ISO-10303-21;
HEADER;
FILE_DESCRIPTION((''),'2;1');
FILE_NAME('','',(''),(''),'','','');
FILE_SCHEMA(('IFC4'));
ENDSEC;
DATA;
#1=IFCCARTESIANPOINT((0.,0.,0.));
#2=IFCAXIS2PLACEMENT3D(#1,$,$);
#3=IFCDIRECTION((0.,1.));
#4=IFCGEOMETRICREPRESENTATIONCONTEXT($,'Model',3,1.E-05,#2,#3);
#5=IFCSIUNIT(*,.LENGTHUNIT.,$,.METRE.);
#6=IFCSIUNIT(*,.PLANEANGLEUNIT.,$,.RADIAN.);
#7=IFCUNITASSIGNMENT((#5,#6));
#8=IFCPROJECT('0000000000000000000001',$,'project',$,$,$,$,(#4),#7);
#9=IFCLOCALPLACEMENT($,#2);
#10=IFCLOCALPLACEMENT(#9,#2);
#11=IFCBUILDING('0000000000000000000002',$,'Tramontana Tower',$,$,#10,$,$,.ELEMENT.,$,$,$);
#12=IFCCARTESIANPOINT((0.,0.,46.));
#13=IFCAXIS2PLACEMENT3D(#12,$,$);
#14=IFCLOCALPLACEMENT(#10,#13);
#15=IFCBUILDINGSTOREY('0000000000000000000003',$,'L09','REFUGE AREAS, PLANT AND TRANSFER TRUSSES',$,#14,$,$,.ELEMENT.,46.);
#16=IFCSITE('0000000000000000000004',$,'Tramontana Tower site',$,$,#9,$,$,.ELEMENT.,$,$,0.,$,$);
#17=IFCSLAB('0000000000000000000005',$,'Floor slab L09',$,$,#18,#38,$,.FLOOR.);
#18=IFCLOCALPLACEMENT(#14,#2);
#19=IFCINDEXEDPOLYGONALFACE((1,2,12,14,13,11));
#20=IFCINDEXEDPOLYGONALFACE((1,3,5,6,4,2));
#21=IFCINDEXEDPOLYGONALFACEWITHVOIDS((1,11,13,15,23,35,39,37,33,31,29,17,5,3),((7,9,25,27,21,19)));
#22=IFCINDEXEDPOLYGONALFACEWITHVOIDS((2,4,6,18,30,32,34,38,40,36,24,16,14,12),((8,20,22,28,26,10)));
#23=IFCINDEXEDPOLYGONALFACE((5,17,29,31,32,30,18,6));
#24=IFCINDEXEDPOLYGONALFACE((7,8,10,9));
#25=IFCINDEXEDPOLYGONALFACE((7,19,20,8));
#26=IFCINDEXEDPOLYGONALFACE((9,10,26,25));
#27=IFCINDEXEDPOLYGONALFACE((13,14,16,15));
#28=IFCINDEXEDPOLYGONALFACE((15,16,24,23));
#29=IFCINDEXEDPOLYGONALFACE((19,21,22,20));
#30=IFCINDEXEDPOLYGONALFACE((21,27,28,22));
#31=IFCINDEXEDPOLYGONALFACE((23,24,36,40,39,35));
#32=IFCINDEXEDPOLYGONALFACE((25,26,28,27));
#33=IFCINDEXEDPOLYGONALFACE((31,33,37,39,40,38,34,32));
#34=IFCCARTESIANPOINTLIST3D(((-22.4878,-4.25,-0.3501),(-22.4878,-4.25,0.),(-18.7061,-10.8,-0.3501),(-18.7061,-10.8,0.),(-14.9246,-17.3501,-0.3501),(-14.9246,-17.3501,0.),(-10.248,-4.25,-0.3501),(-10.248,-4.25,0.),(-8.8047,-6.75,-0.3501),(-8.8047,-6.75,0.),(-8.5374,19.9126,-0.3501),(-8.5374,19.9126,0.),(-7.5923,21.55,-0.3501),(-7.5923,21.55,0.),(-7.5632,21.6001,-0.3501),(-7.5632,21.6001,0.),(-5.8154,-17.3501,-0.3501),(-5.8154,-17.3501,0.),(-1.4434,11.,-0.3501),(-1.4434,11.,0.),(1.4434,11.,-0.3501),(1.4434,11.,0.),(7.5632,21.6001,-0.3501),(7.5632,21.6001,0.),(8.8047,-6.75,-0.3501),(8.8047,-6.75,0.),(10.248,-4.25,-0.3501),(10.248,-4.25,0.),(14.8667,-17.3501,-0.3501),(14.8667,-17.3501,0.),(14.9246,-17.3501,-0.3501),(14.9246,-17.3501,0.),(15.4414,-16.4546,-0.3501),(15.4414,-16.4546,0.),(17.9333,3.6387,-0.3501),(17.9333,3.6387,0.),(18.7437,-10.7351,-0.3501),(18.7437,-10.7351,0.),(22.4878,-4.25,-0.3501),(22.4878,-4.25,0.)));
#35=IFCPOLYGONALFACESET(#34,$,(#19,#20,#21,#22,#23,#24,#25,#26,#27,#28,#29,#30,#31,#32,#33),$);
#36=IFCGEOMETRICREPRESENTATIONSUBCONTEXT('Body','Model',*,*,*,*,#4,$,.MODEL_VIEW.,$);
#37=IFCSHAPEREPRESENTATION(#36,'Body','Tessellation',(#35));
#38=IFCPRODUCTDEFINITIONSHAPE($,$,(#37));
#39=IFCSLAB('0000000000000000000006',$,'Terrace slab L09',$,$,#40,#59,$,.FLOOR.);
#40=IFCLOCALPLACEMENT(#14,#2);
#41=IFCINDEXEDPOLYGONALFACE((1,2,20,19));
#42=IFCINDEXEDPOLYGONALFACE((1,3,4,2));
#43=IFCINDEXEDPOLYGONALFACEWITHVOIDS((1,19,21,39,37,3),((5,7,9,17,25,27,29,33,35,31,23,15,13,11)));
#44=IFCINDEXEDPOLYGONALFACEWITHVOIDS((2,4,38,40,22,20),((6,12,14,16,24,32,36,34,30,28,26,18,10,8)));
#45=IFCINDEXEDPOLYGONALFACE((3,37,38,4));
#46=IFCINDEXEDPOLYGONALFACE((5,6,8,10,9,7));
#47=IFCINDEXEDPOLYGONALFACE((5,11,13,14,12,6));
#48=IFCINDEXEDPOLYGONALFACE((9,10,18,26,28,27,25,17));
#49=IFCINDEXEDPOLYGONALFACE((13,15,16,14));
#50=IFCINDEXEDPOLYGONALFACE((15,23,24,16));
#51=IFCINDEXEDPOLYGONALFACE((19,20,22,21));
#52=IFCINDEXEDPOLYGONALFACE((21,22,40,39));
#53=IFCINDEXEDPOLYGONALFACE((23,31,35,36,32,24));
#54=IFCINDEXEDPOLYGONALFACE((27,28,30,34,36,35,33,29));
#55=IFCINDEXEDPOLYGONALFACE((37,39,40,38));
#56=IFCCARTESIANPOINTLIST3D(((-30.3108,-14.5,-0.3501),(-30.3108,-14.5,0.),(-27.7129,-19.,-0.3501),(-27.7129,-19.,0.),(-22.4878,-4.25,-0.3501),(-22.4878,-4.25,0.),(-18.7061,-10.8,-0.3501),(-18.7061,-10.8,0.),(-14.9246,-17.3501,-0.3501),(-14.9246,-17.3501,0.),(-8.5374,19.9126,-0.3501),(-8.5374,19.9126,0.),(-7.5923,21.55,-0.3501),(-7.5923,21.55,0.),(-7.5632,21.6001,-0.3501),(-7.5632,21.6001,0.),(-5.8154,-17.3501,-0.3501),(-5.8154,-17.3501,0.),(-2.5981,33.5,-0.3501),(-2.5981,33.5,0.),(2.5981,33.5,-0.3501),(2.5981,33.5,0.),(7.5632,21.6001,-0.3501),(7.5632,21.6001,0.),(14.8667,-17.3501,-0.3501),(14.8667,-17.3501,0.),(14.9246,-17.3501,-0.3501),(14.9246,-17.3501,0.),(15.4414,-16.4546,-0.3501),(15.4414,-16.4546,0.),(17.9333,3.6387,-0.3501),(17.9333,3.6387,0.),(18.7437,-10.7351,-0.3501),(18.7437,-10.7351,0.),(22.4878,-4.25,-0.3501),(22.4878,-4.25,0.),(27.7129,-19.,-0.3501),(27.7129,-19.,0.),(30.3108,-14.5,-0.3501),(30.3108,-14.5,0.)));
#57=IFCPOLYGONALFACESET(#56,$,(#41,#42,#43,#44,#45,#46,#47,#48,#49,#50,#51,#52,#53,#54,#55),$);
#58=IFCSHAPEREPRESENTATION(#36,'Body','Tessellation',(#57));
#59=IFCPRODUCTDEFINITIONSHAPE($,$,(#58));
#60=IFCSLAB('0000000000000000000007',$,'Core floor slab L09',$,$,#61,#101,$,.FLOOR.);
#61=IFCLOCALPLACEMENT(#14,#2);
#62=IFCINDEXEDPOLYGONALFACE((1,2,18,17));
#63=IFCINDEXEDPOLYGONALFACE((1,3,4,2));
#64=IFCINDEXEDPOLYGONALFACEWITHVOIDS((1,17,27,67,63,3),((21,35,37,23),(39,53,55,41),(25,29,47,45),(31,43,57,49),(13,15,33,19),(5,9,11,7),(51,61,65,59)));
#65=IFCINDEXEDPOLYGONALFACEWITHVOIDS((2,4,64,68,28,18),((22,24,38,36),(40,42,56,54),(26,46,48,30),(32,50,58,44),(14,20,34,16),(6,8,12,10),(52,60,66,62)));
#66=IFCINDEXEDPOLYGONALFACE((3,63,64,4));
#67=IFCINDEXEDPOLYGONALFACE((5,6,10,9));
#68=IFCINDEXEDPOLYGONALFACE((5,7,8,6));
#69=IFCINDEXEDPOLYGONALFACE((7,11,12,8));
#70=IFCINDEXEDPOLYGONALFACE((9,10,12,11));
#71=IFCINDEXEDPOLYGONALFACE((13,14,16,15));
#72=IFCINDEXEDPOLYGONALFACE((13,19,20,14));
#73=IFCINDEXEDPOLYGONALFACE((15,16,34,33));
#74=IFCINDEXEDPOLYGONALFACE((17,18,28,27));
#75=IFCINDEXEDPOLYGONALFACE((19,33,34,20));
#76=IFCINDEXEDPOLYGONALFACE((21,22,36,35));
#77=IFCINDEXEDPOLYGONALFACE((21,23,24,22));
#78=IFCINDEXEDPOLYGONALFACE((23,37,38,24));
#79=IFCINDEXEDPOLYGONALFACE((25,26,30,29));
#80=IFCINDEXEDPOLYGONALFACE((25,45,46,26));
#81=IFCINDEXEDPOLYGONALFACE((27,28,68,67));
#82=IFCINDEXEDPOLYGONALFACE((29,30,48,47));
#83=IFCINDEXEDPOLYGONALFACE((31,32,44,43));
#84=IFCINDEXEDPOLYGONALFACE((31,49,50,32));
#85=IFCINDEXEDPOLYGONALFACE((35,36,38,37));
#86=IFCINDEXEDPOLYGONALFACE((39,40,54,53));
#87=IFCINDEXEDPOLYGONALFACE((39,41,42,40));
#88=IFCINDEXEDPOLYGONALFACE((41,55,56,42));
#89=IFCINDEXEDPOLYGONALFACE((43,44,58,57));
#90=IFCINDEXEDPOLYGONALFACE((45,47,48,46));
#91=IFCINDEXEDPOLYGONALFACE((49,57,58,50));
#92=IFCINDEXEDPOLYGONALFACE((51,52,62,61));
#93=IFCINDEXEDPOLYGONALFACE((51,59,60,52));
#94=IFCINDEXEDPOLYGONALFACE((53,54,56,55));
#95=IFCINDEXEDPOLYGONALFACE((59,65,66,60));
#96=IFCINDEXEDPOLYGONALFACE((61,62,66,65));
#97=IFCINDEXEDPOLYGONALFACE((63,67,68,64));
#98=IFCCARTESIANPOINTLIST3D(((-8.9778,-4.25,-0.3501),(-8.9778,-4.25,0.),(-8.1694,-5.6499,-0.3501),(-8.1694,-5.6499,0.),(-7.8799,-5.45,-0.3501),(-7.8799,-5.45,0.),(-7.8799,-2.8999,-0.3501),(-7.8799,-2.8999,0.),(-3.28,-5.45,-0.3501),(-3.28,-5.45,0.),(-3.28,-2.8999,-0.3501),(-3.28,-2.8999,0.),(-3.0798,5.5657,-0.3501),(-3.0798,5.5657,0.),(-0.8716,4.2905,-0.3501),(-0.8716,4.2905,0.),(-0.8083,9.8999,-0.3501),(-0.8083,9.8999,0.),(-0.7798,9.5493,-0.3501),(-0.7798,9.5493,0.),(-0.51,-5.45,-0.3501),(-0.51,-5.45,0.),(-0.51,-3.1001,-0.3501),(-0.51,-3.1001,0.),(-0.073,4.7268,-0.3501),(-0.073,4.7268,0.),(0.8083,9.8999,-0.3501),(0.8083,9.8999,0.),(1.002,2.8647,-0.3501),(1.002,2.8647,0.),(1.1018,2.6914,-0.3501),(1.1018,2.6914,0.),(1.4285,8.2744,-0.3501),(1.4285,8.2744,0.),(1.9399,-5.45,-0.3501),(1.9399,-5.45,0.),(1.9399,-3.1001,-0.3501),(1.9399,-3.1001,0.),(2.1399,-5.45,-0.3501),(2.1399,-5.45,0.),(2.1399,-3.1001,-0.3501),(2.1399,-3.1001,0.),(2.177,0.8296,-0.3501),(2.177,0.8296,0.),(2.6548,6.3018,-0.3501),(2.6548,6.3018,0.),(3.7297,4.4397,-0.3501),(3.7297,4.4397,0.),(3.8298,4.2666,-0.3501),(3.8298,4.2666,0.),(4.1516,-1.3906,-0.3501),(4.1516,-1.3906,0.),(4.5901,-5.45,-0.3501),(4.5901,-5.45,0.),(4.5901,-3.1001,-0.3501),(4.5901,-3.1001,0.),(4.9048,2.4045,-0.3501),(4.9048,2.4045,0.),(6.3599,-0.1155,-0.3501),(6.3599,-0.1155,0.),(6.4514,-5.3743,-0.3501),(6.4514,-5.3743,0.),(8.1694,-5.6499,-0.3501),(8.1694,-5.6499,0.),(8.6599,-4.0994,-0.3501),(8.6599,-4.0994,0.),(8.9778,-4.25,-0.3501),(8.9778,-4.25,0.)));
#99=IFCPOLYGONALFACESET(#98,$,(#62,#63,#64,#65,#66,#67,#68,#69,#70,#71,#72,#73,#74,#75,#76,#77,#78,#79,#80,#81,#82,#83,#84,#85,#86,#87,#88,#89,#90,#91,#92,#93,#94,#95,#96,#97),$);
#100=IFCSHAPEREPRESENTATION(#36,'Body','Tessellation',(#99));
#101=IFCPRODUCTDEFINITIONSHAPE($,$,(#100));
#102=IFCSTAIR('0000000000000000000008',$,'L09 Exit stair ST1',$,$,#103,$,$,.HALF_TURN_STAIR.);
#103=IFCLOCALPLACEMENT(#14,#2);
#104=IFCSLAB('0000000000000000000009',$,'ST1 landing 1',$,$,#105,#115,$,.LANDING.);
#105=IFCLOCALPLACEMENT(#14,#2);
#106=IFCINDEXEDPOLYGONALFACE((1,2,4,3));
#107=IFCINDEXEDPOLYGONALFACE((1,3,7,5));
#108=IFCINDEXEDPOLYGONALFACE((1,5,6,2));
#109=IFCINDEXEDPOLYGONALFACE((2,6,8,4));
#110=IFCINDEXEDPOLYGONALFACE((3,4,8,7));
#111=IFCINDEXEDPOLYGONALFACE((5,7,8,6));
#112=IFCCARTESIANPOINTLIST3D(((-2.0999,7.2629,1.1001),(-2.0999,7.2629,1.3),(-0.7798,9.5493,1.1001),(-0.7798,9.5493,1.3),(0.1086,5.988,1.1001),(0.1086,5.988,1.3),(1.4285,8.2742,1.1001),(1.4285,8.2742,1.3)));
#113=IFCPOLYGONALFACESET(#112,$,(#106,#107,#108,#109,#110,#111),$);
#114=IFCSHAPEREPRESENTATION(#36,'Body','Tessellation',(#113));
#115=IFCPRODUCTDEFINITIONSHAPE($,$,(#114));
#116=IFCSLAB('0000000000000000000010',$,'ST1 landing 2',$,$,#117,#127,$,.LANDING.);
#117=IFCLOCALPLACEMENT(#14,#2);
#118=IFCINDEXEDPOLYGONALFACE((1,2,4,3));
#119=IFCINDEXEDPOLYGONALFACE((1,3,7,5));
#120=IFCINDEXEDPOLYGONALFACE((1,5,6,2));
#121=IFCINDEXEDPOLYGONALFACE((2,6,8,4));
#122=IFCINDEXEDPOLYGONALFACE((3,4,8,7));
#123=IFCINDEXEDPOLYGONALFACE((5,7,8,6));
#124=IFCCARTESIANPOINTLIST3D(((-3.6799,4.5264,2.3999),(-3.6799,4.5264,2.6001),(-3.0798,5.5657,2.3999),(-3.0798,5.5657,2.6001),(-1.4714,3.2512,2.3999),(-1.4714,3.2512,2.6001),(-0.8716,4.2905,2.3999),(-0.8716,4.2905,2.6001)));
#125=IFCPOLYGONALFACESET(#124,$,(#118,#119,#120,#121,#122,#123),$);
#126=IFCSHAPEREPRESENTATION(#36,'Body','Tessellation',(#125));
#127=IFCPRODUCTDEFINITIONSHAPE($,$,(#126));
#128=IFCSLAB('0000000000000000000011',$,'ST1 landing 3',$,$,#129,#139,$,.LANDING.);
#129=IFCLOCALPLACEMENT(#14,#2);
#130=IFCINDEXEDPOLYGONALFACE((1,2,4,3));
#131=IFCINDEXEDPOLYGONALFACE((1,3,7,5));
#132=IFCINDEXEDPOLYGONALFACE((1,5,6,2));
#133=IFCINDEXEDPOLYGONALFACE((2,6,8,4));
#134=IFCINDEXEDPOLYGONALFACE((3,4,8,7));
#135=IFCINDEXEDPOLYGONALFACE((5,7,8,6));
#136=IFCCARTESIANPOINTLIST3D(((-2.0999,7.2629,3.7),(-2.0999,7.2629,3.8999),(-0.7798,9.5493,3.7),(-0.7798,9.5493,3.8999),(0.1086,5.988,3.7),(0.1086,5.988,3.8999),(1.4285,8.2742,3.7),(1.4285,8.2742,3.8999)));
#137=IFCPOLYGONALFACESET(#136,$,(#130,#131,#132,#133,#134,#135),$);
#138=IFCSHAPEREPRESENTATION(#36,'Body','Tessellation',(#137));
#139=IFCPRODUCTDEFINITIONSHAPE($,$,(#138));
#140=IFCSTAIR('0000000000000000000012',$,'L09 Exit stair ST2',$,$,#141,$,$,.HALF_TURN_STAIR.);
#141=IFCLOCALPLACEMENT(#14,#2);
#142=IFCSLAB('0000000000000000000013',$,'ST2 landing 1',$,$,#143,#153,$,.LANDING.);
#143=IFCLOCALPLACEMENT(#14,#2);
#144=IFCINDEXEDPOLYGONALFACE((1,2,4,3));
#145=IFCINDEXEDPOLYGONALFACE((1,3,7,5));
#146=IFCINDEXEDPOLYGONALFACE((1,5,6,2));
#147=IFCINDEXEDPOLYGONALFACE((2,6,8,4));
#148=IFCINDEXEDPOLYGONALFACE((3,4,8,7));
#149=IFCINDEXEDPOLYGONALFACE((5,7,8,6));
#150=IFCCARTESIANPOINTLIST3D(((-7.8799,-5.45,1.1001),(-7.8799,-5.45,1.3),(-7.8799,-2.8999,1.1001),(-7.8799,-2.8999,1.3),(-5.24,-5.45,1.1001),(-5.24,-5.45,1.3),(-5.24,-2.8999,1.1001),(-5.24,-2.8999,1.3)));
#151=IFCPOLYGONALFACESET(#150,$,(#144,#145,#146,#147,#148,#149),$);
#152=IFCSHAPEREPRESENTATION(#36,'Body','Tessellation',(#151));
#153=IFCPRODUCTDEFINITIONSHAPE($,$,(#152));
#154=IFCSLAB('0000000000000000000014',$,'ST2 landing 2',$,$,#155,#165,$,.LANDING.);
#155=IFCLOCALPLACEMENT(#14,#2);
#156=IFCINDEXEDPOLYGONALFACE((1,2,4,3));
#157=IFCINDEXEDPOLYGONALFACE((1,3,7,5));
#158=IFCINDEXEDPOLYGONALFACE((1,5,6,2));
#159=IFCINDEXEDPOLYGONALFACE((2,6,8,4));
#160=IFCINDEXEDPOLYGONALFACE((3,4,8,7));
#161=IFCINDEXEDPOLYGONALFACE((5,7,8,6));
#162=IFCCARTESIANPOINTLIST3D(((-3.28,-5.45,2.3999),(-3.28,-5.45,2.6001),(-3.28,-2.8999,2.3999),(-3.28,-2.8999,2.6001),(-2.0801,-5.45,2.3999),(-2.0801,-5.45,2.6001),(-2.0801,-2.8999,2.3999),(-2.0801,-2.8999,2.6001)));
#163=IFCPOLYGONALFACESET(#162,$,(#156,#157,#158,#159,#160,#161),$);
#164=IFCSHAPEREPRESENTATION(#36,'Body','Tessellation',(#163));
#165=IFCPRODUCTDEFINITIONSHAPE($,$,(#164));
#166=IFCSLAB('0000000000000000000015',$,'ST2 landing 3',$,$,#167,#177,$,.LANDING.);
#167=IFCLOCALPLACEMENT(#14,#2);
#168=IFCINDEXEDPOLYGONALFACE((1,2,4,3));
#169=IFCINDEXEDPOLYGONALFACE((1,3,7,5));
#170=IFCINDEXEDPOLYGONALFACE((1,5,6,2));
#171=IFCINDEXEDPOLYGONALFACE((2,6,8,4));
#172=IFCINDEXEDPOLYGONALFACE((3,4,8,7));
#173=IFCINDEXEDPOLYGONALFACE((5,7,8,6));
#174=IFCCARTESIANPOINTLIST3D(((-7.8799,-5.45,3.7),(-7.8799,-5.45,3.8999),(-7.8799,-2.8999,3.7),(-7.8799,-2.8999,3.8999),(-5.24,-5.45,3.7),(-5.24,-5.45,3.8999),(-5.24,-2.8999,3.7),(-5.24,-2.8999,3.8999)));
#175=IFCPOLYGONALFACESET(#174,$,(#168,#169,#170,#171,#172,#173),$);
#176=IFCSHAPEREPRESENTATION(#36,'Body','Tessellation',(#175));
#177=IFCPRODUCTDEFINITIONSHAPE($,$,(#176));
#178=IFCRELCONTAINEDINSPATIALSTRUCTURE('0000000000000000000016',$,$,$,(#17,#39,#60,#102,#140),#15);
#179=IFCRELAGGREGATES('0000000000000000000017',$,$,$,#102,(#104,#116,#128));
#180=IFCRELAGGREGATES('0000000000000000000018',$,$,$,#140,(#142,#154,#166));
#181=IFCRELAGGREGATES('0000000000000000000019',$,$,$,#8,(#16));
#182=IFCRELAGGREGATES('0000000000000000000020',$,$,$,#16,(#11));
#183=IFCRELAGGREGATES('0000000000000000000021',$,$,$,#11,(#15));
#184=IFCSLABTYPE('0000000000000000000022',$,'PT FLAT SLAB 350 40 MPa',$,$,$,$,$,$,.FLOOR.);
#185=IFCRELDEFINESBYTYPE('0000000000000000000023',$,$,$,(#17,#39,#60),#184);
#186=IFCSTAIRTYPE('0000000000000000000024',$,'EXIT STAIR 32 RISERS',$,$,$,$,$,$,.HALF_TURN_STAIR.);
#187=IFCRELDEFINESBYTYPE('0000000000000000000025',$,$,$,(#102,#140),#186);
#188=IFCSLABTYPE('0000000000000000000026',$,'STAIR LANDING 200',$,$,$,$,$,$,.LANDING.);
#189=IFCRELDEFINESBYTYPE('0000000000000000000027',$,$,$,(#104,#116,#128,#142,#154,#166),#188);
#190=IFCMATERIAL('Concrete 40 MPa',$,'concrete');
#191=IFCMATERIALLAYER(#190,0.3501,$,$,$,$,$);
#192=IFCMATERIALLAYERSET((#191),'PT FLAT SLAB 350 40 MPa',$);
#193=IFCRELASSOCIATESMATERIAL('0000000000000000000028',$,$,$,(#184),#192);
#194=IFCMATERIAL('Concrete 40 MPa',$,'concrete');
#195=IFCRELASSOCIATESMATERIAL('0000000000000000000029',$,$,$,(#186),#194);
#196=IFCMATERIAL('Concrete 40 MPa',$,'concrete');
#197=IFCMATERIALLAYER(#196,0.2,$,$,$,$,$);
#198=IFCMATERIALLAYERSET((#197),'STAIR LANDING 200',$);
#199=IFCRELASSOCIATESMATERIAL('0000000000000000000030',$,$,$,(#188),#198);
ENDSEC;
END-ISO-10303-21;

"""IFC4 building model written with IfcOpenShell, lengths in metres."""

from ifc_helpers import new_model, si_unit, direction, frame, origin, place, context, subcontext, project, spatial, polyline, outline, extrude, material, layer, layer_set, type_object, element, aggregate, save


model = new_model("IFC4")

# Units and contexts
model_context = context("Model", 3, precision=1e-05, world=origin(), true_north=direction((0.0, 1.0)))
body_context = subcontext(model_context, "Body", "Model", "MODEL_VIEW")
ifc_project = project(units=[si_unit("LENGTHUNIT", "METRE"), si_unit("PLANEANGLEUNIT", "RADIAN")], contexts=[model_context])

# Site, building, storey
site_placement = place(None, origin())
site = spatial("IfcSite", under=ifc_project, at=site_placement, Name="Tramontana Tower site", CompositionType="ELEMENT", RefElevation=0.0)
building_placement = place(site_placement, origin())
building = spatial("IfcBuilding", under=site, at=building_placement, Name="Tramontana Tower", CompositionType="ELEMENT")
storey_placement = place(building_placement, frame((0.0, 0.0, 46.0)))
storey = spatial("IfcBuildingStorey", under=building, at=storey_placement, Name="L09", Description="REFUGE AREAS, PLANT AND TRANSFER TRUSSES", CompositionType="ELEMENT", Elevation=46.0)

# Slabs
ifc_material_1 = material(Name="Concrete 40 MPa", Category="concrete")
ifc_layer_1 = layer(ifc_material_1, 0.3501)
ifc_layer_set_1 = layer_set([ifc_layer_1], Name="PT FLAT SLAB 350 40 MPa")
slab_type_1 = type_object("IfcSlabType", Name="PT FLAT SLAB 350 40 MPa", PredefinedType="FLOOR", material=ifc_layer_set_1)
slab_1_placement = place(storey_placement, frame((0.0, 0.0, -0.3501)))
element("IfcSlab", 1, at=slab_1_placement, inside=storey, type_object=slab_type_1, Name="Floor slab L09", PredefinedType="FLOOR", context=body_context, shape_type="SweptSolid", body=[
    extrude(outline(polyline([(-5.8154, -17.3501), (-14.9246, -17.3501), (-14.9246, -17.3501), (-14.9246, -17.3501), (-18.7061, -10.8), (-22.4878, -4.25), (-22.4878, -4.25), (-22.4878, -4.25), (-8.5374, 19.9126), (-7.5923, 21.55), (-7.5632, 21.6001), (-7.5632, 21.6001), (-7.5632, 21.6001), (7.5632, 21.6001), (7.5632, 21.6001), (7.5632, 21.6001), (17.9333, 3.6387), (22.4878, -4.25), (22.4878, -4.25), (22.4878, -4.25), (18.7437, -10.7351), (15.4414, -16.4546), (14.9246, -17.3501), (14.8667, -17.3501), (-5.8154, -17.3501)]), holes=[polyline([(-8.8047, -6.75), (8.8047, -6.75), (10.248, -4.25), (1.4434, 11.0), (-1.4434, 11.0), (-10.248, -4.25), (-8.8047, -6.75)])]), origin(), (0.0, 0.0, 1.0), 0.3501),
])
slab_2_placement = place(storey_placement, frame((0.0, 0.0, -0.3501)))
element("IfcSlab", 2, at=slab_2_placement, inside=storey, type_object=slab_type_1, Name="Terrace slab L09", PredefinedType="FLOOR", context=body_context, shape_type="SweptSolid", body=[
    extrude(outline(polyline([(-27.7129, -19.0), (-30.3108, -14.5), (-2.5981, 33.5), (2.5981, 33.5), (30.3108, -14.5), (27.7129, -19.0), (-27.7129, -19.0)]), holes=[polyline([(14.9246, -17.3501), (15.4414, -16.4546), (18.7437, -10.7351), (22.4878, -4.25), (22.4878, -4.25), (22.4878, -4.25), (17.9333, 3.6387), (7.5632, 21.6001), (7.5632, 21.6001), (7.5632, 21.6001), (-7.5632, 21.6001), (-7.5632, 21.6001), (-7.5632, 21.6001), (-7.5923, 21.55), (-8.5374, 19.9126), (-22.4878, -4.25), (-22.4878, -4.25), (-22.4878, -4.25), (-18.7061, -10.8), (-14.9246, -17.3501), (-14.9246, -17.3501), (-14.9246, -17.3501), (-5.8154, -17.3501), (14.8667, -17.3501), (14.9246, -17.3501)])]), origin(), (0.0, 0.0, 1.0), 0.3501),
])
slab_3_placement = place(storey_placement, frame((0.0, 0.0, -0.3501)))
element("IfcSlab", 3, at=slab_3_placement, inside=storey, type_object=slab_type_1, Name="Core floor slab L09", PredefinedType="FLOOR", context=body_context, shape_type="SweptSolid", body=[
    extrude(outline(polyline([(8.9778, -4.25), (8.1694, -5.6499), (-8.1694, -5.6499), (-8.9778, -4.25), (-0.8083, 9.8999), (0.8083, 9.8999), (8.9778, -4.25)]), holes=[polyline([(8.6599, -4.0994), (6.3599, -0.1155), (4.1516, -1.3906), (6.4514, -5.3743), (8.6599, -4.0994)]), polyline([(3.8298, 4.2666), (1.1018, 2.6914), (2.177, 0.8296), (4.9048, 2.4045), (3.8298, 4.2666)]), polyline([(4.5901, -3.1001), (2.1399, -3.1001), (2.1399, -5.45), (4.5901, -5.45), (4.5901, -3.1001)]), polyline([(2.6548, 6.3018), (-0.073, 4.7268), (1.002, 2.8647), (3.7297, 4.4397), (2.6548, 6.3018)]), polyline([(1.9399, -5.45), (1.9399, -3.1001), (-0.51, -3.1001), (-0.51, -5.45), (1.9399, -5.45)]), polyline([(-0.7798, 9.5493), (-3.0798, 5.5657), (-0.8716, 4.2905), (1.4285, 8.2744), (-0.7798, 9.5493)]), polyline([(-7.8799, -5.45), (-3.28, -5.45), (-3.28, -2.8999), (-7.8799, -2.8999), (-7.8799, -5.45)])]), origin(), (0.0, 0.0, 1.0), 0.3501),
])

# Stairs, slabs
ifc_material_2 = material(Name="Concrete 40 MPa", Category="concrete")
stair_type = type_object("IfcStairType", Name="EXIT STAIR 32 RISERS", PredefinedType="HALF_TURN_STAIR", material=ifc_material_2)
stair_1_placement = place(storey_placement, origin())
stair_1 = element("IfcStair", 4, at=stair_1_placement, inside=storey, type_object=stair_type, Name="L09 Exit stair ST1", PredefinedType="HALF_TURN_STAIR")
ifc_material_3 = material(Name="Concrete 40 MPa", Category="concrete")
ifc_layer_2 = layer(ifc_material_3, 0.2)
ifc_layer_set_2 = layer_set([ifc_layer_2], Name="STAIR LANDING 200")
slab_type_2 = type_object("IfcSlabType", Name="STAIR LANDING 200", PredefinedType="LANDING", material=ifc_layer_set_2)
slab_4_placement = place(storey_placement, frame((0.0, 0.0, 1.1001)))
slab_4 = element("IfcSlab", 5, at=slab_4_placement, type_object=slab_type_2, Name="ST1 landing 1", PredefinedType="LANDING", context=body_context, shape_type="SweptSolid", body=[
    extrude(outline(polyline([(0.1086, 5.988), (1.4285, 8.2742), (-0.7798, 9.5493), (-2.0999, 7.2629), (0.1086, 5.988)])), origin(), (0.0, 0.0, 1.0), 0.2),
])
slab_5_placement = place(storey_placement, frame((0.0, 0.0, 2.3999)))
slab_5 = element("IfcSlab", 6, at=slab_5_placement, type_object=slab_type_2, Name="ST1 landing 2", PredefinedType="LANDING", context=body_context, shape_type="SweptSolid", body=[
    extrude(outline(polyline([(-1.4714, 3.2512), (-0.8716, 4.2905), (-3.0798, 5.5657), (-3.6799, 4.5264), (-1.4714, 3.2512)])), origin(), (0.0, 0.0, 1.0), 0.2002),
])
slab_6_placement = place(storey_placement, frame((0.0, 0.0, 3.7)))
slab_6 = element("IfcSlab", 7, at=slab_6_placement, type_object=slab_type_2, Name="ST1 landing 3", PredefinedType="LANDING", context=body_context, shape_type="SweptSolid", body=[
    extrude(outline(polyline([(0.1086, 5.988), (1.4285, 8.2742), (-0.7798, 9.5493), (-2.0999, 7.2629), (0.1086, 5.988)])), origin(), (0.0, 0.0, 1.0), 0.2),
])
aggregate(stair_1, [slab_4, slab_5, slab_6])
stair_2_placement = place(storey_placement, origin())
stair_2 = element("IfcStair", 8, at=stair_2_placement, inside=storey, type_object=stair_type, Name="L09 Exit stair ST2", PredefinedType="HALF_TURN_STAIR")
slab_7_placement = place(storey_placement, frame((0.0, 0.0, 1.1001)))
slab_7 = element("IfcSlab", 9, at=slab_7_placement, type_object=slab_type_2, Name="ST2 landing 1", PredefinedType="LANDING", context=body_context, shape_type="SweptSolid", body=[
    extrude(outline(polyline([(-5.24, -2.8999), (-7.8799, -2.8999), (-7.8799, -5.45), (-5.24, -5.45), (-5.24, -2.8999)])), origin(), (0.0, 0.0, 1.0), 0.2),
])
slab_8_placement = place(storey_placement, frame((0.0, 0.0, 2.3999)))
slab_8 = element("IfcSlab", 10, at=slab_8_placement, type_object=slab_type_2, Name="ST2 landing 2", PredefinedType="LANDING", context=body_context, shape_type="SweptSolid", body=[
    extrude(outline(polyline([(-2.0801, -2.8999), (-3.28, -2.8999), (-3.28, -5.45), (-2.0801, -5.45), (-2.0801, -2.8999)])), origin(), (0.0, 0.0, 1.0), 0.2002),
])
slab_9_placement = place(storey_placement, frame((0.0, 0.0, 3.7)))
slab_9 = element("IfcSlab", 11, at=slab_9_placement, type_object=slab_type_2, Name="ST2 landing 3", PredefinedType="LANDING", context=body_context, shape_type="SweptSolid", body=[
    extrude(outline(polyline([(-5.24, -2.8999), (-7.8799, -2.8999), (-7.8799, -5.45), (-5.24, -5.45), (-5.24, -2.8999)])), origin(), (0.0, 0.0, 1.0), 0.2),
])
aggregate(stair_2, [slab_7, slab_8, slab_9])

save(model, "model.ifc")
